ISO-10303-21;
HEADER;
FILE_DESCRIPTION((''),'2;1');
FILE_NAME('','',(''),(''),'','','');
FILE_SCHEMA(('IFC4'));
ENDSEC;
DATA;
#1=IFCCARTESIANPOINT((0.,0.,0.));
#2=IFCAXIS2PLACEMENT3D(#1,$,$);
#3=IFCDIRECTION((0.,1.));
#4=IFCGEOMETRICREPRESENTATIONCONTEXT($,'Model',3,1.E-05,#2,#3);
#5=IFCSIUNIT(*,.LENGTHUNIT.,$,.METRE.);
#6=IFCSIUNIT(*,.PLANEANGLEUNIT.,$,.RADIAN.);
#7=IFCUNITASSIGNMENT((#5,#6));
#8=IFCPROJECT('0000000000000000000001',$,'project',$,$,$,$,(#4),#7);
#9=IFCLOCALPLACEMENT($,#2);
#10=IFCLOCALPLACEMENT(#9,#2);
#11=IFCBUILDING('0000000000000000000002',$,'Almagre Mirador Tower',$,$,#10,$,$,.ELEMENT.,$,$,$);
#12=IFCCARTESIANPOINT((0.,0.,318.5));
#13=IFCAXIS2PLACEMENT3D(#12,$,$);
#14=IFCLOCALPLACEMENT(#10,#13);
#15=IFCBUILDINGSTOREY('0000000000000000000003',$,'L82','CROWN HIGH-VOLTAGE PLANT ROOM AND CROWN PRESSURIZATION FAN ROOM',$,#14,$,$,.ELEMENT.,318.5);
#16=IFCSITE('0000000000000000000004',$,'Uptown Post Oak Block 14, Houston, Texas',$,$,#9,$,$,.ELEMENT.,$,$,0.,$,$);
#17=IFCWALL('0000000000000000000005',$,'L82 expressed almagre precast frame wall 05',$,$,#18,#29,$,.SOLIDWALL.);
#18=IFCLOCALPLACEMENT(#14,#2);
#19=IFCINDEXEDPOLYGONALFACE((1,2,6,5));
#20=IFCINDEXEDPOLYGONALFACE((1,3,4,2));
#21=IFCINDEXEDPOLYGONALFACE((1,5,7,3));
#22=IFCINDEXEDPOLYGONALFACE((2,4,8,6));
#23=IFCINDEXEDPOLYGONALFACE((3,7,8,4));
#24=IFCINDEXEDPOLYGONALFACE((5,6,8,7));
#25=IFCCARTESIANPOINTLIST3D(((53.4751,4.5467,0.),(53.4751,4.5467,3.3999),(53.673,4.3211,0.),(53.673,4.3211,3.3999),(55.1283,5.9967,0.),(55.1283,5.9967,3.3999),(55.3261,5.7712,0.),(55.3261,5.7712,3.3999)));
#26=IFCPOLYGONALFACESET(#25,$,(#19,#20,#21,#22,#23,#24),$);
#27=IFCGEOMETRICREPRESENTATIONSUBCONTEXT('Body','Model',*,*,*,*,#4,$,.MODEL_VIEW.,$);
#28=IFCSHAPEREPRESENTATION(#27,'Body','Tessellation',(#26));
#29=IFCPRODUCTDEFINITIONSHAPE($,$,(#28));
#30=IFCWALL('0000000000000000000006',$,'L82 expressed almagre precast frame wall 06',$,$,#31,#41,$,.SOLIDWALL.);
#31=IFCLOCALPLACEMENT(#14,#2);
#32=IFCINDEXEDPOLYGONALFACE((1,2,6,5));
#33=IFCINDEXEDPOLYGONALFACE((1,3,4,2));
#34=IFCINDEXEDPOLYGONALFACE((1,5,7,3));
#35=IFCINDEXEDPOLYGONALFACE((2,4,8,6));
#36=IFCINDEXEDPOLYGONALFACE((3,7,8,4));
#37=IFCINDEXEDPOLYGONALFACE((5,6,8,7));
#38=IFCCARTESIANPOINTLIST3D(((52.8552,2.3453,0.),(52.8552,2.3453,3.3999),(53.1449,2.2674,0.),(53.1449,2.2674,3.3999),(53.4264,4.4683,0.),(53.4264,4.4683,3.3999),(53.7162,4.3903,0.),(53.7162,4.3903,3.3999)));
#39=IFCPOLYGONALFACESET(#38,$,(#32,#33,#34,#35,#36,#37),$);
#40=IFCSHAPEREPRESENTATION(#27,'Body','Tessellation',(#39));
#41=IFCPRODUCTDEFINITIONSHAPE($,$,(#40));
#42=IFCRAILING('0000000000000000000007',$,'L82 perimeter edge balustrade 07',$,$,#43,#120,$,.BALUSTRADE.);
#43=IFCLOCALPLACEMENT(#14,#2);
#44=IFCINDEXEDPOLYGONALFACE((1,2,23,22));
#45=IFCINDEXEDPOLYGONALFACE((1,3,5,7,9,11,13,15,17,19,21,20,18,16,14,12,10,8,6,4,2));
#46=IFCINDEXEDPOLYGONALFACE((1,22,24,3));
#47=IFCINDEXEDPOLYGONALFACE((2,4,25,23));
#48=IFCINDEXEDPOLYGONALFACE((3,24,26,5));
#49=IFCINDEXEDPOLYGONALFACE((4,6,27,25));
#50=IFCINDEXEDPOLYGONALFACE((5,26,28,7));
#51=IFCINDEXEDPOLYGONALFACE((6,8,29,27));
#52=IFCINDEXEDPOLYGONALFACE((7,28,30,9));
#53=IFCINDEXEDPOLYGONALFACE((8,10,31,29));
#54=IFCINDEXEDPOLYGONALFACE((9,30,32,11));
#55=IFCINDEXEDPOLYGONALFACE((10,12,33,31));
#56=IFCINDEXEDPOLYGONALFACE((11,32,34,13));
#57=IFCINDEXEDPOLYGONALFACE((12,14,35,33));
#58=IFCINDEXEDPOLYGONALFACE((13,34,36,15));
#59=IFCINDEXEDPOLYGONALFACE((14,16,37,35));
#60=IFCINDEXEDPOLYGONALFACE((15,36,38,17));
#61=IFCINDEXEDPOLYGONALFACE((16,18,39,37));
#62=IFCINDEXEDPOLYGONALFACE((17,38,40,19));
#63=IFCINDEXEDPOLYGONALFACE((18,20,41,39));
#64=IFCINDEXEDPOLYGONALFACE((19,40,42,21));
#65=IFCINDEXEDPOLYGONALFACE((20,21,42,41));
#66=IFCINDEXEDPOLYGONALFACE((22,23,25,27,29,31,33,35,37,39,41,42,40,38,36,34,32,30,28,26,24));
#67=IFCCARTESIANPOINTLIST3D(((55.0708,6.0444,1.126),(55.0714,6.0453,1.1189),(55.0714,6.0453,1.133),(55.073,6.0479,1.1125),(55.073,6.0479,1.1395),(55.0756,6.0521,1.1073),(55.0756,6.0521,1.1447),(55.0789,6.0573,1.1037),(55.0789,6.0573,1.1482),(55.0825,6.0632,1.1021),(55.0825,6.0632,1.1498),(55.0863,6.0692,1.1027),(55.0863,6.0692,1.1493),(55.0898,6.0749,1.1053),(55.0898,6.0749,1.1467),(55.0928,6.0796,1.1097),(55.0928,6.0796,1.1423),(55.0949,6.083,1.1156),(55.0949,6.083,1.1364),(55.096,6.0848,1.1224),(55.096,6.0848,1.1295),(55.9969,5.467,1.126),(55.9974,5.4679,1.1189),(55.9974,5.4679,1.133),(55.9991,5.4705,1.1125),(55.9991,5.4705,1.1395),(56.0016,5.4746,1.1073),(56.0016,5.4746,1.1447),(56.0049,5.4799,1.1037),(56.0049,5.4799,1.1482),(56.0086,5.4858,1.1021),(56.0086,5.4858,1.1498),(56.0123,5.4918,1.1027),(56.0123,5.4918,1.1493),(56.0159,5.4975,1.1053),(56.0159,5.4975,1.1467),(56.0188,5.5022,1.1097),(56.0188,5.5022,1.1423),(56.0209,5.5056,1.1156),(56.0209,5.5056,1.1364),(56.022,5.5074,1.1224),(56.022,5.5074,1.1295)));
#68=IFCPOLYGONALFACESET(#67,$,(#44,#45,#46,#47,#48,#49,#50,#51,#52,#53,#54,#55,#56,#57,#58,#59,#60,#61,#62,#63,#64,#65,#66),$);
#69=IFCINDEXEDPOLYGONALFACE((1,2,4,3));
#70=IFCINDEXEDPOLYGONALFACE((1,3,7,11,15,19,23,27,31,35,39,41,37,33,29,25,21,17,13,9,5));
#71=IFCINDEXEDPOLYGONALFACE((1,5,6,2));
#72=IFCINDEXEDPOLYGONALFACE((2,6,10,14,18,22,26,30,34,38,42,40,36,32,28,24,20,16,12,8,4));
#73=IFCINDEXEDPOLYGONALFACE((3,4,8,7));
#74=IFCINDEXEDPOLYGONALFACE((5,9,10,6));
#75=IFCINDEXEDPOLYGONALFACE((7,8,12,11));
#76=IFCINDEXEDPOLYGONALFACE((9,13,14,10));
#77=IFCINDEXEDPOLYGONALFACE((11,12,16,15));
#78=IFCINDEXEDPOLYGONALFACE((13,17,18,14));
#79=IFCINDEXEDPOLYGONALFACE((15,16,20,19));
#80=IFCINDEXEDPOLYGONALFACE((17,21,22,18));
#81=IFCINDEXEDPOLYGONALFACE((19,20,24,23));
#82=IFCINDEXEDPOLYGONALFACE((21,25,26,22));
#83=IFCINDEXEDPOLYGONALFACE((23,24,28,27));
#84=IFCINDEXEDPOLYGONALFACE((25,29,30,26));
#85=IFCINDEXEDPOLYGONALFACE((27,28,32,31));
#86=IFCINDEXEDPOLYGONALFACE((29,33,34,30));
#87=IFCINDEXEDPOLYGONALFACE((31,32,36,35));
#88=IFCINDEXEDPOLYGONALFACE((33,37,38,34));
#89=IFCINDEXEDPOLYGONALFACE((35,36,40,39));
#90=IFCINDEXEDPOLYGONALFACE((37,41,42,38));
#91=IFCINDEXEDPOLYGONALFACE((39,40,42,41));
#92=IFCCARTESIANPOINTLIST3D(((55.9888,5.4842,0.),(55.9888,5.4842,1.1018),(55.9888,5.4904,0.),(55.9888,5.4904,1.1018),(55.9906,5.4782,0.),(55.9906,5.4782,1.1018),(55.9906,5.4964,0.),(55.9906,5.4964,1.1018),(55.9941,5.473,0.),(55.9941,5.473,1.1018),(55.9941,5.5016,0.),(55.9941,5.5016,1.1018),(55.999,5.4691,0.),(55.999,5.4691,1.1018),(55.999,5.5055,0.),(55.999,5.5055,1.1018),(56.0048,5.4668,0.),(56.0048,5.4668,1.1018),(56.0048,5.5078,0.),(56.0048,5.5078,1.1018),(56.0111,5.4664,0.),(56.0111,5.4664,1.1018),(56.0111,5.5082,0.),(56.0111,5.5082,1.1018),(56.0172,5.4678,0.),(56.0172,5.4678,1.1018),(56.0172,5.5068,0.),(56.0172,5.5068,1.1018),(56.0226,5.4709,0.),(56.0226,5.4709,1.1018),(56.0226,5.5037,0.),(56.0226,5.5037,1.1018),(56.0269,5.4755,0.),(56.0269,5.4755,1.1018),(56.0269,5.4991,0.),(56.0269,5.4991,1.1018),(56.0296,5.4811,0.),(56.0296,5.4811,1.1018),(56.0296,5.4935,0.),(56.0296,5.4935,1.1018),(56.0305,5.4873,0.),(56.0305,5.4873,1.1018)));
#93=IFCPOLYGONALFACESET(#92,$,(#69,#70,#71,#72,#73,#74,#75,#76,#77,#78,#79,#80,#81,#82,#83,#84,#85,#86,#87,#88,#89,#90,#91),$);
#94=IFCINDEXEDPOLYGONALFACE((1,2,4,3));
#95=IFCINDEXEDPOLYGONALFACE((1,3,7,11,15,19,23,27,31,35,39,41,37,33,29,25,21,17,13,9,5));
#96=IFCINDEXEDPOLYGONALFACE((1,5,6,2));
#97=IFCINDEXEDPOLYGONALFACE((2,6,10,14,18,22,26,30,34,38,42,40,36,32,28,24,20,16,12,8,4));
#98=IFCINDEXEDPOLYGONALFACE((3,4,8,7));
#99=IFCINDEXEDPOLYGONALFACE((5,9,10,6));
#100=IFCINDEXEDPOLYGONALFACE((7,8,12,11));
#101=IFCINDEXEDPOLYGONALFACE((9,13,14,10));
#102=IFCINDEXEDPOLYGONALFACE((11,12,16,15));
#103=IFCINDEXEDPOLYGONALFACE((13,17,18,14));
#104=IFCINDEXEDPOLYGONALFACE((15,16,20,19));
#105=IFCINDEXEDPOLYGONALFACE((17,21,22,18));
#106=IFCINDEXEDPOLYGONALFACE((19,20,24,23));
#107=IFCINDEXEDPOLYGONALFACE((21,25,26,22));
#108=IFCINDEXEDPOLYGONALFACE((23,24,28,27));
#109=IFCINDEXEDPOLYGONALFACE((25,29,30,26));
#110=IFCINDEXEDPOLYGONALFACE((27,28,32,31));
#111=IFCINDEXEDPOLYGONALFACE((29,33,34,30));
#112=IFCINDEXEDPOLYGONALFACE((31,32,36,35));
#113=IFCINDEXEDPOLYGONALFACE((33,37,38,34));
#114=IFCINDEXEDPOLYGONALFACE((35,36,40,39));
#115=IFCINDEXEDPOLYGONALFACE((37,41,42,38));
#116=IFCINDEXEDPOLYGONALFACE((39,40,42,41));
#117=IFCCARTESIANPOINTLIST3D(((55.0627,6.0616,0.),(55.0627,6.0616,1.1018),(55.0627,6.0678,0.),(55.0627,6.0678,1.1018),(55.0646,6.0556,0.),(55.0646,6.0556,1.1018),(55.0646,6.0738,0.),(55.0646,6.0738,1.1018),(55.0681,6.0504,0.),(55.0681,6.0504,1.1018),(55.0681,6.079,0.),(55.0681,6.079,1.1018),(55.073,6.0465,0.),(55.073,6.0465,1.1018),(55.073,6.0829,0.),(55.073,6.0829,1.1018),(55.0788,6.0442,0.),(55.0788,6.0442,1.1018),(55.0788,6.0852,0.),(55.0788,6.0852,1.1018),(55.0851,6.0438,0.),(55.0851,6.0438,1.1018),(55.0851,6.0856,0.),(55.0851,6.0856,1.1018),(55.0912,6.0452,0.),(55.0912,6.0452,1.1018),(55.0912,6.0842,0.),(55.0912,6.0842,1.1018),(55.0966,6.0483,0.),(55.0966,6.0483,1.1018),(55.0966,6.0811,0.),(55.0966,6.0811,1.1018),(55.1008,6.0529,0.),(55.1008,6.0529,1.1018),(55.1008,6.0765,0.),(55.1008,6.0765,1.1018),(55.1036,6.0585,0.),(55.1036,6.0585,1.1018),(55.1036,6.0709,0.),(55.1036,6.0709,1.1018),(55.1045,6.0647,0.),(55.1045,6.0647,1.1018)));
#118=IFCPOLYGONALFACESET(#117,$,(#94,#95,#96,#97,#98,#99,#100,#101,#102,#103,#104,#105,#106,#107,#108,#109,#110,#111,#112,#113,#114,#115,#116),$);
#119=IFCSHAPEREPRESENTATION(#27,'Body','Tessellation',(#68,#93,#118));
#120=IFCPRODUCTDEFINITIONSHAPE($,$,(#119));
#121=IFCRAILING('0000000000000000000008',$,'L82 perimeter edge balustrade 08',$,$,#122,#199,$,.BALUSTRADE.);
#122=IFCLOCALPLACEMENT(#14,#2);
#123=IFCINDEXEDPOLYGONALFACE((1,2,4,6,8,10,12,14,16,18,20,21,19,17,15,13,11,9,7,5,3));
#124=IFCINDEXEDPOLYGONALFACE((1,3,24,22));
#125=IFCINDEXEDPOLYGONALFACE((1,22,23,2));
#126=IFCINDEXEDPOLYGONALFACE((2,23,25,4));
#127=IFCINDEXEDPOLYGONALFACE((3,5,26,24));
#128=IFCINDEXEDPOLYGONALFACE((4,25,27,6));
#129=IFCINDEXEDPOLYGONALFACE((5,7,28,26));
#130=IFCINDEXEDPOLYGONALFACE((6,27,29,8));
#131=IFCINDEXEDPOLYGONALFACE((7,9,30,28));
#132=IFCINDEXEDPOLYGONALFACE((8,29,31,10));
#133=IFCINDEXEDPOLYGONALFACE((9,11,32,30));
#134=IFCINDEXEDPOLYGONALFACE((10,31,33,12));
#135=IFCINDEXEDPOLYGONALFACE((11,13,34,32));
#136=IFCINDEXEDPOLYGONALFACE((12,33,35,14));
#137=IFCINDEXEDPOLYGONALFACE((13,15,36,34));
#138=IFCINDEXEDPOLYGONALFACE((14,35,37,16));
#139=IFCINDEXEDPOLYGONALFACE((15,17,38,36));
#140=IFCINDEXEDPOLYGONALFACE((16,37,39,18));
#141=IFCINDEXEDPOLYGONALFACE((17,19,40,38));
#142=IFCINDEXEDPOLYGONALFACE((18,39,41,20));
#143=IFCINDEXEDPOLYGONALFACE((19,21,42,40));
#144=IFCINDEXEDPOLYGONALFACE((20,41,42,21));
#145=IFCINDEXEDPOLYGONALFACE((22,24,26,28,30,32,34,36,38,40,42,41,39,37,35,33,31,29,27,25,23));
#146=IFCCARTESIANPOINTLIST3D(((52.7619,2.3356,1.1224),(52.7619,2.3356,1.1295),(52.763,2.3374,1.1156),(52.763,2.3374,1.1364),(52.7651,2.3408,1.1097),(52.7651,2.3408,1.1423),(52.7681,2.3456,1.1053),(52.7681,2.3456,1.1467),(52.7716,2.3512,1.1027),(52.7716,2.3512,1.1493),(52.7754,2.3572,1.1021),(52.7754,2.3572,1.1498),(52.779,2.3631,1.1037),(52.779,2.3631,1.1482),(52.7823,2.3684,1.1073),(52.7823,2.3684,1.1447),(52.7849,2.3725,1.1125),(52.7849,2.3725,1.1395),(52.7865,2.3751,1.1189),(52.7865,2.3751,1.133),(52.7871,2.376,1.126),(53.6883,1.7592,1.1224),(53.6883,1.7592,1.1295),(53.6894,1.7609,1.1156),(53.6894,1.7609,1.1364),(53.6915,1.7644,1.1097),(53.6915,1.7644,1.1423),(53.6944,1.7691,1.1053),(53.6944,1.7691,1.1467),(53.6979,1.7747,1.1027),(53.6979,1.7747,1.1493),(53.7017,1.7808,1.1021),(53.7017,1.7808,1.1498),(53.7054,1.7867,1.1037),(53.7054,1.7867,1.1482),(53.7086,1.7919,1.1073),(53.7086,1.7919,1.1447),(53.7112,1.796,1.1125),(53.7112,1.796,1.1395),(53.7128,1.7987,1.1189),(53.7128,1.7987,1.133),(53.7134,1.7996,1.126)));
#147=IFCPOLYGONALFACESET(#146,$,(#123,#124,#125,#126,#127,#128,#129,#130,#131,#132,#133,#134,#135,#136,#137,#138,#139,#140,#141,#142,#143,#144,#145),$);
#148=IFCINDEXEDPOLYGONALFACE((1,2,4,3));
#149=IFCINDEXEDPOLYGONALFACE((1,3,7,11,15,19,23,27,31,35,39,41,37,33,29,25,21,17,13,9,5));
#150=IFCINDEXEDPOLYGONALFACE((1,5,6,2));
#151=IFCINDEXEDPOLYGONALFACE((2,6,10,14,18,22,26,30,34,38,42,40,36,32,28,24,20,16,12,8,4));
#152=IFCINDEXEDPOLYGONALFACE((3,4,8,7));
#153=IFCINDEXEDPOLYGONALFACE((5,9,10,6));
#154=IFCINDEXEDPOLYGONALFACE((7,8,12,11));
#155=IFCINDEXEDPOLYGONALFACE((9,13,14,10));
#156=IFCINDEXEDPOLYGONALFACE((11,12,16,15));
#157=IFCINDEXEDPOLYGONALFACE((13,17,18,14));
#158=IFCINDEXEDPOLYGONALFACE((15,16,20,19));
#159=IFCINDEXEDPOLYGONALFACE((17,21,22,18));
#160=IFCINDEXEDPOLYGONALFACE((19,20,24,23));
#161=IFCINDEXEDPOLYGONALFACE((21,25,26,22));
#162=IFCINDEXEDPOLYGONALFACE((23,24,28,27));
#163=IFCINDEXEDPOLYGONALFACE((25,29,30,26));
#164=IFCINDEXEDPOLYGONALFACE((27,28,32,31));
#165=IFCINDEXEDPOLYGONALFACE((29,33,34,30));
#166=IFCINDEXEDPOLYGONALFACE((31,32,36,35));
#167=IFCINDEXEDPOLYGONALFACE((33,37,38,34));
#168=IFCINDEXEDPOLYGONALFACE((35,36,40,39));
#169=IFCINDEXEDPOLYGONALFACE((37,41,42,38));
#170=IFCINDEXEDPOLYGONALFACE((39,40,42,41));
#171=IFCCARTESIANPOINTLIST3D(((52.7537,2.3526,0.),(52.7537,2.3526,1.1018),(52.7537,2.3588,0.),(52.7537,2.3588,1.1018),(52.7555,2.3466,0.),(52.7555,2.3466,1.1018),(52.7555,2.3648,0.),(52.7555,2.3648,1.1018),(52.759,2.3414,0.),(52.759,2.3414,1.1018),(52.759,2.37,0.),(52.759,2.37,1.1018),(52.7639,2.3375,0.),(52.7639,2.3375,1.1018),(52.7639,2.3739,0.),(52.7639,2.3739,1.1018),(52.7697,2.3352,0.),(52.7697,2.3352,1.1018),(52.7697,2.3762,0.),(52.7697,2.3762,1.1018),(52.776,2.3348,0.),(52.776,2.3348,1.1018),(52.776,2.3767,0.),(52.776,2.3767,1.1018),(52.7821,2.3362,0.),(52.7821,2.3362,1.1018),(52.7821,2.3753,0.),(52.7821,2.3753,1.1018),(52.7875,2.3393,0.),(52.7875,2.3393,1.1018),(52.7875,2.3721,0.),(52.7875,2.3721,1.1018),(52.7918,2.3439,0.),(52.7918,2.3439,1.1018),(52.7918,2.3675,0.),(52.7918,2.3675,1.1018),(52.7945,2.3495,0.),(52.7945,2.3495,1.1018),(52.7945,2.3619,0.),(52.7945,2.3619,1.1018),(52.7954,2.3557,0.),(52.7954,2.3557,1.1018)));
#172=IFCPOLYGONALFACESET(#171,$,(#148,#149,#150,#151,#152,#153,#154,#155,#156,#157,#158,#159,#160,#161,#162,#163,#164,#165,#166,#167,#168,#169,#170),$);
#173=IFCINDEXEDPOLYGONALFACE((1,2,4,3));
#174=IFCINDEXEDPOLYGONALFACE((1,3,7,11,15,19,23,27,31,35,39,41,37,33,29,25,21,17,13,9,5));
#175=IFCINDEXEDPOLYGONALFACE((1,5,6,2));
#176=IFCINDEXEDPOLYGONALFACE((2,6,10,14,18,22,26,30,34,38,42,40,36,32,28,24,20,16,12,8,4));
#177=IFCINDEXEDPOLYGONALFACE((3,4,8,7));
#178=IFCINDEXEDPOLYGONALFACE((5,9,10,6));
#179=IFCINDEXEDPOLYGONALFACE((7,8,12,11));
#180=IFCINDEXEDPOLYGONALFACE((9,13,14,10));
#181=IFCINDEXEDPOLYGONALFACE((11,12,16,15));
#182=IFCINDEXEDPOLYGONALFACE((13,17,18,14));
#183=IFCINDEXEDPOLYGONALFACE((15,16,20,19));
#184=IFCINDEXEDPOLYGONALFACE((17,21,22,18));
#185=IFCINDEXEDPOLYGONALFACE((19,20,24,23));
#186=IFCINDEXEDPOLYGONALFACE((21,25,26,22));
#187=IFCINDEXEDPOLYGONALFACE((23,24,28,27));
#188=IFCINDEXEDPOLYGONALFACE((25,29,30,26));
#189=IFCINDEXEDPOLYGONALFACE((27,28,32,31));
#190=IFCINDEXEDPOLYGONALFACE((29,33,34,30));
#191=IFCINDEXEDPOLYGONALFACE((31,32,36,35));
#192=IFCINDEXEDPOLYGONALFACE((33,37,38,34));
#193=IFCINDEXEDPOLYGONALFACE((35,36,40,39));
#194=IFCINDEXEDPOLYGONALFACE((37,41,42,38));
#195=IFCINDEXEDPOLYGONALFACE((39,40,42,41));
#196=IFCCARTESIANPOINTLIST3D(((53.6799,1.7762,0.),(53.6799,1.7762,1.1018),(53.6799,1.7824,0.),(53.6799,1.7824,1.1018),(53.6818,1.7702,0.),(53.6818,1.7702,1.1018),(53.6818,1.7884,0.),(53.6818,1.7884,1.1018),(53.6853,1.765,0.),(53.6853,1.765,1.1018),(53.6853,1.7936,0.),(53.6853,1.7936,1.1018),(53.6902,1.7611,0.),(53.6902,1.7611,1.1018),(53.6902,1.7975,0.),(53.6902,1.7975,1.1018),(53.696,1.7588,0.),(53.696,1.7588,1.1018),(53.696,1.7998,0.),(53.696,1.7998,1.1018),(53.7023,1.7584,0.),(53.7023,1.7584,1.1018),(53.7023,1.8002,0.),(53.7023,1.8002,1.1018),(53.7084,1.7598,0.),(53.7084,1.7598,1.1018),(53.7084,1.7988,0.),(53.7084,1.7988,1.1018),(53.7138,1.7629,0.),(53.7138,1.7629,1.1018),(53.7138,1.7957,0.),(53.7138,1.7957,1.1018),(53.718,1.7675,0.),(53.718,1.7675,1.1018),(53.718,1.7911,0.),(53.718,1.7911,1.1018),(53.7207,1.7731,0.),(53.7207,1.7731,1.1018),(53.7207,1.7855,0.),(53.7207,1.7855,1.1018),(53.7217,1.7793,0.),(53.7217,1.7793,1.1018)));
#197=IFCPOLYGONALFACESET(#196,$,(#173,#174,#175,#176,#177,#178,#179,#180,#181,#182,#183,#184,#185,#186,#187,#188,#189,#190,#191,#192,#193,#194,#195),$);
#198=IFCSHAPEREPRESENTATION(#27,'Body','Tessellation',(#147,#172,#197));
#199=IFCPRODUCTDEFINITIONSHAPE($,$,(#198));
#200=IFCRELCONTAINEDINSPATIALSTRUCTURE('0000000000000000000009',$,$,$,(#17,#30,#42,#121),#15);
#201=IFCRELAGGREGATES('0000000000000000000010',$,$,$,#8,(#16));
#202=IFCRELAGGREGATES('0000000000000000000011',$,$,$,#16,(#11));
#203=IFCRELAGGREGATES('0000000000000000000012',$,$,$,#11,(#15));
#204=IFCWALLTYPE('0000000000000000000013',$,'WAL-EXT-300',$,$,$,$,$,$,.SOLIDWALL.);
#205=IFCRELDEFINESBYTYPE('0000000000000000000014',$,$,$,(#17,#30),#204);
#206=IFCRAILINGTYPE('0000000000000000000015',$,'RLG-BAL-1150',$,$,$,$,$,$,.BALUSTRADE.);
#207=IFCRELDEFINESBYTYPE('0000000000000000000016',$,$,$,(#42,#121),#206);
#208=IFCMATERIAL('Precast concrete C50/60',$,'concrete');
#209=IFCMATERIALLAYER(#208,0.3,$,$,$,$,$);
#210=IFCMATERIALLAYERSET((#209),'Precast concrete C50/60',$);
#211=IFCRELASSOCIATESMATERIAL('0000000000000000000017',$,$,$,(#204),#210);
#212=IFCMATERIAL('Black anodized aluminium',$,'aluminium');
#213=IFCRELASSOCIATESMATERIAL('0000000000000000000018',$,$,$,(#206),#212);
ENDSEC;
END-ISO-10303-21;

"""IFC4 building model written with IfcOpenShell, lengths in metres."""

from ifc_helpers import new_model, si_unit, direction, frame, frame_2d, origin, origin_2d, place, context, subcontext, project, spatial, rectangle, circle, extrude, material, layer, layer_set, type_object, element, save


model = new_model("IFC4")

# Units and contexts
model_context = context("Model", 3, precision=1e-05, world=origin(), true_north=direction((0.0, 1.0)))
body_context = subcontext(model_context, "Body", "Model", "MODEL_VIEW")
ifc_project = project(units=[si_unit("LENGTHUNIT", "METRE"), si_unit("PLANEANGLEUNIT", "RADIAN")], contexts=[model_context])

# Site, building, storey
site_placement = place(None, origin())
site = spatial("IfcSite", under=ifc_project, at=site_placement, Name="Uptown Post Oak Block 14, Houston, Texas", CompositionType="ELEMENT", RefElevation=0.0)
building_placement = place(site_placement, origin())
building = spatial("IfcBuilding", under=site, at=building_placement, Name="Almagre Mirador Tower", CompositionType="ELEMENT")
storey_placement = place(building_placement, frame((0.0, 0.0, 318.5)))
storey = spatial("IfcBuildingStorey", under=building, at=storey_placement, Name="L82", Description="CROWN HIGH-VOLTAGE PLANT ROOM AND CROWN PRESSURIZATION FAN ROOM", CompositionType="ELEMENT", Elevation=318.5)

# Walls
ifc_material_1 = material(Name="Precast concrete C50/60", Category="concrete")
ifc_layer_1 = layer(ifc_material_1, 0.3)
ifc_layer_set_1 = layer_set([ifc_layer_1], Name="Precast concrete C50/60")
wall_type = type_object("IfcWallType", Name="WAL-EXT-300", PredefinedType="SOLIDWALL", material=ifc_layer_set_1)
wall_1_placement = place(storey_placement, frame((55.2273, 5.884, 0.0), z_axis=(0.0, 0.0, 1.0), x_axis=(-0.751785, -0.659408, 0.0)))
element("IfcWall", 1, at=wall_1_placement, inside=storey, type_object=wall_type, Name="L82 expressed almagre precast frame wall 05", PredefinedType="SOLIDWALL", context=body_context, shape_type="SweptSolid", body=[
    extrude(rectangle(XDim=2.199, YDim=0.3, at=frame_2d((1.0996, 0.0))), origin(), (0.0, 0.0, 1.0), 3.3999),
])
wall_2_placement = place(storey_placement, frame((53.5713, 4.4292, 0.0), z_axis=(0.0, 0.0, 1.0), x_axis=(-0.259846, -0.96565, 0.0)))
element("IfcWall", 2, at=wall_2_placement, inside=storey, type_object=wall_type, Name="L82 expressed almagre precast frame wall 06", PredefinedType="SOLIDWALL", context=body_context, shape_type="SweptSolid", body=[
    extrude(rectangle(XDim=2.1985, YDim=0.3, at=frame_2d((1.0991, 0.0))), origin(), (0.0, 0.0, 1.0), 3.3999),
])

# Railings
ifc_material_2 = material(Name="Black anodized aluminium", Category="aluminium")
railing_type = type_object("IfcRailingType", Name="RLG-BAL-1150", PredefinedType="BALUSTRADE", material=ifc_material_2)
railing_1_placement = place(storey_placement, frame((56.0095, 5.4873, 0.0)))
element("IfcRailing", 3, at=railing_1_placement, inside=storey, type_object=railing_type, Name="L82 perimeter edge balustrade 07", PredefinedType="BALUSTRADE", context=body_context, shape_type="SweptSolid", body=[
    extrude(circle(Radius=0.0239, at=origin_2d()), frame((0.0, 0.0, 1.126), z_axis=(-0.848563, 0.529094, 0.0), x_axis=(-0.529094, -0.848563, 0.0)), (0.0, 0.0, 1.0), 1.0913),
    extrude(circle(Radius=0.021, at=origin_2d()), origin(), (0.0, 0.0, 1.0), 1.1018),
    extrude(circle(Radius=0.021, at=origin_2d()), frame((-0.926, 0.5774, 0.0)), (0.0, 0.0, 1.0), 1.1018),
])
railing_2_placement = place(storey_placement, frame((52.7744, 2.3557, 0.0)))
element("IfcRailing", 4, at=railing_2_placement, inside=storey, type_object=railing_type, Name="L82 perimeter edge balustrade 08", PredefinedType="BALUSTRADE", context=body_context, shape_type="SweptSolid", body=[
    extrude(circle(Radius=0.0239, at=origin_2d()), frame((0.0, 0.0, 1.126), z_axis=(0.849028, -0.528348, 0.0), x_axis=(0.528348, 0.849028, 0.0)), (0.0, 0.0, 1.0), 1.0911),
    extrude(circle(Radius=0.021, at=origin_2d()), origin(), (0.0, 0.0, 1.0), 1.1018),
    extrude(circle(Radius=0.021, at=origin_2d()), frame((0.9263, -0.5764, 0.0)), (0.0, 0.0, 1.0), 1.1018),
])

save(model, "model.ifc")
